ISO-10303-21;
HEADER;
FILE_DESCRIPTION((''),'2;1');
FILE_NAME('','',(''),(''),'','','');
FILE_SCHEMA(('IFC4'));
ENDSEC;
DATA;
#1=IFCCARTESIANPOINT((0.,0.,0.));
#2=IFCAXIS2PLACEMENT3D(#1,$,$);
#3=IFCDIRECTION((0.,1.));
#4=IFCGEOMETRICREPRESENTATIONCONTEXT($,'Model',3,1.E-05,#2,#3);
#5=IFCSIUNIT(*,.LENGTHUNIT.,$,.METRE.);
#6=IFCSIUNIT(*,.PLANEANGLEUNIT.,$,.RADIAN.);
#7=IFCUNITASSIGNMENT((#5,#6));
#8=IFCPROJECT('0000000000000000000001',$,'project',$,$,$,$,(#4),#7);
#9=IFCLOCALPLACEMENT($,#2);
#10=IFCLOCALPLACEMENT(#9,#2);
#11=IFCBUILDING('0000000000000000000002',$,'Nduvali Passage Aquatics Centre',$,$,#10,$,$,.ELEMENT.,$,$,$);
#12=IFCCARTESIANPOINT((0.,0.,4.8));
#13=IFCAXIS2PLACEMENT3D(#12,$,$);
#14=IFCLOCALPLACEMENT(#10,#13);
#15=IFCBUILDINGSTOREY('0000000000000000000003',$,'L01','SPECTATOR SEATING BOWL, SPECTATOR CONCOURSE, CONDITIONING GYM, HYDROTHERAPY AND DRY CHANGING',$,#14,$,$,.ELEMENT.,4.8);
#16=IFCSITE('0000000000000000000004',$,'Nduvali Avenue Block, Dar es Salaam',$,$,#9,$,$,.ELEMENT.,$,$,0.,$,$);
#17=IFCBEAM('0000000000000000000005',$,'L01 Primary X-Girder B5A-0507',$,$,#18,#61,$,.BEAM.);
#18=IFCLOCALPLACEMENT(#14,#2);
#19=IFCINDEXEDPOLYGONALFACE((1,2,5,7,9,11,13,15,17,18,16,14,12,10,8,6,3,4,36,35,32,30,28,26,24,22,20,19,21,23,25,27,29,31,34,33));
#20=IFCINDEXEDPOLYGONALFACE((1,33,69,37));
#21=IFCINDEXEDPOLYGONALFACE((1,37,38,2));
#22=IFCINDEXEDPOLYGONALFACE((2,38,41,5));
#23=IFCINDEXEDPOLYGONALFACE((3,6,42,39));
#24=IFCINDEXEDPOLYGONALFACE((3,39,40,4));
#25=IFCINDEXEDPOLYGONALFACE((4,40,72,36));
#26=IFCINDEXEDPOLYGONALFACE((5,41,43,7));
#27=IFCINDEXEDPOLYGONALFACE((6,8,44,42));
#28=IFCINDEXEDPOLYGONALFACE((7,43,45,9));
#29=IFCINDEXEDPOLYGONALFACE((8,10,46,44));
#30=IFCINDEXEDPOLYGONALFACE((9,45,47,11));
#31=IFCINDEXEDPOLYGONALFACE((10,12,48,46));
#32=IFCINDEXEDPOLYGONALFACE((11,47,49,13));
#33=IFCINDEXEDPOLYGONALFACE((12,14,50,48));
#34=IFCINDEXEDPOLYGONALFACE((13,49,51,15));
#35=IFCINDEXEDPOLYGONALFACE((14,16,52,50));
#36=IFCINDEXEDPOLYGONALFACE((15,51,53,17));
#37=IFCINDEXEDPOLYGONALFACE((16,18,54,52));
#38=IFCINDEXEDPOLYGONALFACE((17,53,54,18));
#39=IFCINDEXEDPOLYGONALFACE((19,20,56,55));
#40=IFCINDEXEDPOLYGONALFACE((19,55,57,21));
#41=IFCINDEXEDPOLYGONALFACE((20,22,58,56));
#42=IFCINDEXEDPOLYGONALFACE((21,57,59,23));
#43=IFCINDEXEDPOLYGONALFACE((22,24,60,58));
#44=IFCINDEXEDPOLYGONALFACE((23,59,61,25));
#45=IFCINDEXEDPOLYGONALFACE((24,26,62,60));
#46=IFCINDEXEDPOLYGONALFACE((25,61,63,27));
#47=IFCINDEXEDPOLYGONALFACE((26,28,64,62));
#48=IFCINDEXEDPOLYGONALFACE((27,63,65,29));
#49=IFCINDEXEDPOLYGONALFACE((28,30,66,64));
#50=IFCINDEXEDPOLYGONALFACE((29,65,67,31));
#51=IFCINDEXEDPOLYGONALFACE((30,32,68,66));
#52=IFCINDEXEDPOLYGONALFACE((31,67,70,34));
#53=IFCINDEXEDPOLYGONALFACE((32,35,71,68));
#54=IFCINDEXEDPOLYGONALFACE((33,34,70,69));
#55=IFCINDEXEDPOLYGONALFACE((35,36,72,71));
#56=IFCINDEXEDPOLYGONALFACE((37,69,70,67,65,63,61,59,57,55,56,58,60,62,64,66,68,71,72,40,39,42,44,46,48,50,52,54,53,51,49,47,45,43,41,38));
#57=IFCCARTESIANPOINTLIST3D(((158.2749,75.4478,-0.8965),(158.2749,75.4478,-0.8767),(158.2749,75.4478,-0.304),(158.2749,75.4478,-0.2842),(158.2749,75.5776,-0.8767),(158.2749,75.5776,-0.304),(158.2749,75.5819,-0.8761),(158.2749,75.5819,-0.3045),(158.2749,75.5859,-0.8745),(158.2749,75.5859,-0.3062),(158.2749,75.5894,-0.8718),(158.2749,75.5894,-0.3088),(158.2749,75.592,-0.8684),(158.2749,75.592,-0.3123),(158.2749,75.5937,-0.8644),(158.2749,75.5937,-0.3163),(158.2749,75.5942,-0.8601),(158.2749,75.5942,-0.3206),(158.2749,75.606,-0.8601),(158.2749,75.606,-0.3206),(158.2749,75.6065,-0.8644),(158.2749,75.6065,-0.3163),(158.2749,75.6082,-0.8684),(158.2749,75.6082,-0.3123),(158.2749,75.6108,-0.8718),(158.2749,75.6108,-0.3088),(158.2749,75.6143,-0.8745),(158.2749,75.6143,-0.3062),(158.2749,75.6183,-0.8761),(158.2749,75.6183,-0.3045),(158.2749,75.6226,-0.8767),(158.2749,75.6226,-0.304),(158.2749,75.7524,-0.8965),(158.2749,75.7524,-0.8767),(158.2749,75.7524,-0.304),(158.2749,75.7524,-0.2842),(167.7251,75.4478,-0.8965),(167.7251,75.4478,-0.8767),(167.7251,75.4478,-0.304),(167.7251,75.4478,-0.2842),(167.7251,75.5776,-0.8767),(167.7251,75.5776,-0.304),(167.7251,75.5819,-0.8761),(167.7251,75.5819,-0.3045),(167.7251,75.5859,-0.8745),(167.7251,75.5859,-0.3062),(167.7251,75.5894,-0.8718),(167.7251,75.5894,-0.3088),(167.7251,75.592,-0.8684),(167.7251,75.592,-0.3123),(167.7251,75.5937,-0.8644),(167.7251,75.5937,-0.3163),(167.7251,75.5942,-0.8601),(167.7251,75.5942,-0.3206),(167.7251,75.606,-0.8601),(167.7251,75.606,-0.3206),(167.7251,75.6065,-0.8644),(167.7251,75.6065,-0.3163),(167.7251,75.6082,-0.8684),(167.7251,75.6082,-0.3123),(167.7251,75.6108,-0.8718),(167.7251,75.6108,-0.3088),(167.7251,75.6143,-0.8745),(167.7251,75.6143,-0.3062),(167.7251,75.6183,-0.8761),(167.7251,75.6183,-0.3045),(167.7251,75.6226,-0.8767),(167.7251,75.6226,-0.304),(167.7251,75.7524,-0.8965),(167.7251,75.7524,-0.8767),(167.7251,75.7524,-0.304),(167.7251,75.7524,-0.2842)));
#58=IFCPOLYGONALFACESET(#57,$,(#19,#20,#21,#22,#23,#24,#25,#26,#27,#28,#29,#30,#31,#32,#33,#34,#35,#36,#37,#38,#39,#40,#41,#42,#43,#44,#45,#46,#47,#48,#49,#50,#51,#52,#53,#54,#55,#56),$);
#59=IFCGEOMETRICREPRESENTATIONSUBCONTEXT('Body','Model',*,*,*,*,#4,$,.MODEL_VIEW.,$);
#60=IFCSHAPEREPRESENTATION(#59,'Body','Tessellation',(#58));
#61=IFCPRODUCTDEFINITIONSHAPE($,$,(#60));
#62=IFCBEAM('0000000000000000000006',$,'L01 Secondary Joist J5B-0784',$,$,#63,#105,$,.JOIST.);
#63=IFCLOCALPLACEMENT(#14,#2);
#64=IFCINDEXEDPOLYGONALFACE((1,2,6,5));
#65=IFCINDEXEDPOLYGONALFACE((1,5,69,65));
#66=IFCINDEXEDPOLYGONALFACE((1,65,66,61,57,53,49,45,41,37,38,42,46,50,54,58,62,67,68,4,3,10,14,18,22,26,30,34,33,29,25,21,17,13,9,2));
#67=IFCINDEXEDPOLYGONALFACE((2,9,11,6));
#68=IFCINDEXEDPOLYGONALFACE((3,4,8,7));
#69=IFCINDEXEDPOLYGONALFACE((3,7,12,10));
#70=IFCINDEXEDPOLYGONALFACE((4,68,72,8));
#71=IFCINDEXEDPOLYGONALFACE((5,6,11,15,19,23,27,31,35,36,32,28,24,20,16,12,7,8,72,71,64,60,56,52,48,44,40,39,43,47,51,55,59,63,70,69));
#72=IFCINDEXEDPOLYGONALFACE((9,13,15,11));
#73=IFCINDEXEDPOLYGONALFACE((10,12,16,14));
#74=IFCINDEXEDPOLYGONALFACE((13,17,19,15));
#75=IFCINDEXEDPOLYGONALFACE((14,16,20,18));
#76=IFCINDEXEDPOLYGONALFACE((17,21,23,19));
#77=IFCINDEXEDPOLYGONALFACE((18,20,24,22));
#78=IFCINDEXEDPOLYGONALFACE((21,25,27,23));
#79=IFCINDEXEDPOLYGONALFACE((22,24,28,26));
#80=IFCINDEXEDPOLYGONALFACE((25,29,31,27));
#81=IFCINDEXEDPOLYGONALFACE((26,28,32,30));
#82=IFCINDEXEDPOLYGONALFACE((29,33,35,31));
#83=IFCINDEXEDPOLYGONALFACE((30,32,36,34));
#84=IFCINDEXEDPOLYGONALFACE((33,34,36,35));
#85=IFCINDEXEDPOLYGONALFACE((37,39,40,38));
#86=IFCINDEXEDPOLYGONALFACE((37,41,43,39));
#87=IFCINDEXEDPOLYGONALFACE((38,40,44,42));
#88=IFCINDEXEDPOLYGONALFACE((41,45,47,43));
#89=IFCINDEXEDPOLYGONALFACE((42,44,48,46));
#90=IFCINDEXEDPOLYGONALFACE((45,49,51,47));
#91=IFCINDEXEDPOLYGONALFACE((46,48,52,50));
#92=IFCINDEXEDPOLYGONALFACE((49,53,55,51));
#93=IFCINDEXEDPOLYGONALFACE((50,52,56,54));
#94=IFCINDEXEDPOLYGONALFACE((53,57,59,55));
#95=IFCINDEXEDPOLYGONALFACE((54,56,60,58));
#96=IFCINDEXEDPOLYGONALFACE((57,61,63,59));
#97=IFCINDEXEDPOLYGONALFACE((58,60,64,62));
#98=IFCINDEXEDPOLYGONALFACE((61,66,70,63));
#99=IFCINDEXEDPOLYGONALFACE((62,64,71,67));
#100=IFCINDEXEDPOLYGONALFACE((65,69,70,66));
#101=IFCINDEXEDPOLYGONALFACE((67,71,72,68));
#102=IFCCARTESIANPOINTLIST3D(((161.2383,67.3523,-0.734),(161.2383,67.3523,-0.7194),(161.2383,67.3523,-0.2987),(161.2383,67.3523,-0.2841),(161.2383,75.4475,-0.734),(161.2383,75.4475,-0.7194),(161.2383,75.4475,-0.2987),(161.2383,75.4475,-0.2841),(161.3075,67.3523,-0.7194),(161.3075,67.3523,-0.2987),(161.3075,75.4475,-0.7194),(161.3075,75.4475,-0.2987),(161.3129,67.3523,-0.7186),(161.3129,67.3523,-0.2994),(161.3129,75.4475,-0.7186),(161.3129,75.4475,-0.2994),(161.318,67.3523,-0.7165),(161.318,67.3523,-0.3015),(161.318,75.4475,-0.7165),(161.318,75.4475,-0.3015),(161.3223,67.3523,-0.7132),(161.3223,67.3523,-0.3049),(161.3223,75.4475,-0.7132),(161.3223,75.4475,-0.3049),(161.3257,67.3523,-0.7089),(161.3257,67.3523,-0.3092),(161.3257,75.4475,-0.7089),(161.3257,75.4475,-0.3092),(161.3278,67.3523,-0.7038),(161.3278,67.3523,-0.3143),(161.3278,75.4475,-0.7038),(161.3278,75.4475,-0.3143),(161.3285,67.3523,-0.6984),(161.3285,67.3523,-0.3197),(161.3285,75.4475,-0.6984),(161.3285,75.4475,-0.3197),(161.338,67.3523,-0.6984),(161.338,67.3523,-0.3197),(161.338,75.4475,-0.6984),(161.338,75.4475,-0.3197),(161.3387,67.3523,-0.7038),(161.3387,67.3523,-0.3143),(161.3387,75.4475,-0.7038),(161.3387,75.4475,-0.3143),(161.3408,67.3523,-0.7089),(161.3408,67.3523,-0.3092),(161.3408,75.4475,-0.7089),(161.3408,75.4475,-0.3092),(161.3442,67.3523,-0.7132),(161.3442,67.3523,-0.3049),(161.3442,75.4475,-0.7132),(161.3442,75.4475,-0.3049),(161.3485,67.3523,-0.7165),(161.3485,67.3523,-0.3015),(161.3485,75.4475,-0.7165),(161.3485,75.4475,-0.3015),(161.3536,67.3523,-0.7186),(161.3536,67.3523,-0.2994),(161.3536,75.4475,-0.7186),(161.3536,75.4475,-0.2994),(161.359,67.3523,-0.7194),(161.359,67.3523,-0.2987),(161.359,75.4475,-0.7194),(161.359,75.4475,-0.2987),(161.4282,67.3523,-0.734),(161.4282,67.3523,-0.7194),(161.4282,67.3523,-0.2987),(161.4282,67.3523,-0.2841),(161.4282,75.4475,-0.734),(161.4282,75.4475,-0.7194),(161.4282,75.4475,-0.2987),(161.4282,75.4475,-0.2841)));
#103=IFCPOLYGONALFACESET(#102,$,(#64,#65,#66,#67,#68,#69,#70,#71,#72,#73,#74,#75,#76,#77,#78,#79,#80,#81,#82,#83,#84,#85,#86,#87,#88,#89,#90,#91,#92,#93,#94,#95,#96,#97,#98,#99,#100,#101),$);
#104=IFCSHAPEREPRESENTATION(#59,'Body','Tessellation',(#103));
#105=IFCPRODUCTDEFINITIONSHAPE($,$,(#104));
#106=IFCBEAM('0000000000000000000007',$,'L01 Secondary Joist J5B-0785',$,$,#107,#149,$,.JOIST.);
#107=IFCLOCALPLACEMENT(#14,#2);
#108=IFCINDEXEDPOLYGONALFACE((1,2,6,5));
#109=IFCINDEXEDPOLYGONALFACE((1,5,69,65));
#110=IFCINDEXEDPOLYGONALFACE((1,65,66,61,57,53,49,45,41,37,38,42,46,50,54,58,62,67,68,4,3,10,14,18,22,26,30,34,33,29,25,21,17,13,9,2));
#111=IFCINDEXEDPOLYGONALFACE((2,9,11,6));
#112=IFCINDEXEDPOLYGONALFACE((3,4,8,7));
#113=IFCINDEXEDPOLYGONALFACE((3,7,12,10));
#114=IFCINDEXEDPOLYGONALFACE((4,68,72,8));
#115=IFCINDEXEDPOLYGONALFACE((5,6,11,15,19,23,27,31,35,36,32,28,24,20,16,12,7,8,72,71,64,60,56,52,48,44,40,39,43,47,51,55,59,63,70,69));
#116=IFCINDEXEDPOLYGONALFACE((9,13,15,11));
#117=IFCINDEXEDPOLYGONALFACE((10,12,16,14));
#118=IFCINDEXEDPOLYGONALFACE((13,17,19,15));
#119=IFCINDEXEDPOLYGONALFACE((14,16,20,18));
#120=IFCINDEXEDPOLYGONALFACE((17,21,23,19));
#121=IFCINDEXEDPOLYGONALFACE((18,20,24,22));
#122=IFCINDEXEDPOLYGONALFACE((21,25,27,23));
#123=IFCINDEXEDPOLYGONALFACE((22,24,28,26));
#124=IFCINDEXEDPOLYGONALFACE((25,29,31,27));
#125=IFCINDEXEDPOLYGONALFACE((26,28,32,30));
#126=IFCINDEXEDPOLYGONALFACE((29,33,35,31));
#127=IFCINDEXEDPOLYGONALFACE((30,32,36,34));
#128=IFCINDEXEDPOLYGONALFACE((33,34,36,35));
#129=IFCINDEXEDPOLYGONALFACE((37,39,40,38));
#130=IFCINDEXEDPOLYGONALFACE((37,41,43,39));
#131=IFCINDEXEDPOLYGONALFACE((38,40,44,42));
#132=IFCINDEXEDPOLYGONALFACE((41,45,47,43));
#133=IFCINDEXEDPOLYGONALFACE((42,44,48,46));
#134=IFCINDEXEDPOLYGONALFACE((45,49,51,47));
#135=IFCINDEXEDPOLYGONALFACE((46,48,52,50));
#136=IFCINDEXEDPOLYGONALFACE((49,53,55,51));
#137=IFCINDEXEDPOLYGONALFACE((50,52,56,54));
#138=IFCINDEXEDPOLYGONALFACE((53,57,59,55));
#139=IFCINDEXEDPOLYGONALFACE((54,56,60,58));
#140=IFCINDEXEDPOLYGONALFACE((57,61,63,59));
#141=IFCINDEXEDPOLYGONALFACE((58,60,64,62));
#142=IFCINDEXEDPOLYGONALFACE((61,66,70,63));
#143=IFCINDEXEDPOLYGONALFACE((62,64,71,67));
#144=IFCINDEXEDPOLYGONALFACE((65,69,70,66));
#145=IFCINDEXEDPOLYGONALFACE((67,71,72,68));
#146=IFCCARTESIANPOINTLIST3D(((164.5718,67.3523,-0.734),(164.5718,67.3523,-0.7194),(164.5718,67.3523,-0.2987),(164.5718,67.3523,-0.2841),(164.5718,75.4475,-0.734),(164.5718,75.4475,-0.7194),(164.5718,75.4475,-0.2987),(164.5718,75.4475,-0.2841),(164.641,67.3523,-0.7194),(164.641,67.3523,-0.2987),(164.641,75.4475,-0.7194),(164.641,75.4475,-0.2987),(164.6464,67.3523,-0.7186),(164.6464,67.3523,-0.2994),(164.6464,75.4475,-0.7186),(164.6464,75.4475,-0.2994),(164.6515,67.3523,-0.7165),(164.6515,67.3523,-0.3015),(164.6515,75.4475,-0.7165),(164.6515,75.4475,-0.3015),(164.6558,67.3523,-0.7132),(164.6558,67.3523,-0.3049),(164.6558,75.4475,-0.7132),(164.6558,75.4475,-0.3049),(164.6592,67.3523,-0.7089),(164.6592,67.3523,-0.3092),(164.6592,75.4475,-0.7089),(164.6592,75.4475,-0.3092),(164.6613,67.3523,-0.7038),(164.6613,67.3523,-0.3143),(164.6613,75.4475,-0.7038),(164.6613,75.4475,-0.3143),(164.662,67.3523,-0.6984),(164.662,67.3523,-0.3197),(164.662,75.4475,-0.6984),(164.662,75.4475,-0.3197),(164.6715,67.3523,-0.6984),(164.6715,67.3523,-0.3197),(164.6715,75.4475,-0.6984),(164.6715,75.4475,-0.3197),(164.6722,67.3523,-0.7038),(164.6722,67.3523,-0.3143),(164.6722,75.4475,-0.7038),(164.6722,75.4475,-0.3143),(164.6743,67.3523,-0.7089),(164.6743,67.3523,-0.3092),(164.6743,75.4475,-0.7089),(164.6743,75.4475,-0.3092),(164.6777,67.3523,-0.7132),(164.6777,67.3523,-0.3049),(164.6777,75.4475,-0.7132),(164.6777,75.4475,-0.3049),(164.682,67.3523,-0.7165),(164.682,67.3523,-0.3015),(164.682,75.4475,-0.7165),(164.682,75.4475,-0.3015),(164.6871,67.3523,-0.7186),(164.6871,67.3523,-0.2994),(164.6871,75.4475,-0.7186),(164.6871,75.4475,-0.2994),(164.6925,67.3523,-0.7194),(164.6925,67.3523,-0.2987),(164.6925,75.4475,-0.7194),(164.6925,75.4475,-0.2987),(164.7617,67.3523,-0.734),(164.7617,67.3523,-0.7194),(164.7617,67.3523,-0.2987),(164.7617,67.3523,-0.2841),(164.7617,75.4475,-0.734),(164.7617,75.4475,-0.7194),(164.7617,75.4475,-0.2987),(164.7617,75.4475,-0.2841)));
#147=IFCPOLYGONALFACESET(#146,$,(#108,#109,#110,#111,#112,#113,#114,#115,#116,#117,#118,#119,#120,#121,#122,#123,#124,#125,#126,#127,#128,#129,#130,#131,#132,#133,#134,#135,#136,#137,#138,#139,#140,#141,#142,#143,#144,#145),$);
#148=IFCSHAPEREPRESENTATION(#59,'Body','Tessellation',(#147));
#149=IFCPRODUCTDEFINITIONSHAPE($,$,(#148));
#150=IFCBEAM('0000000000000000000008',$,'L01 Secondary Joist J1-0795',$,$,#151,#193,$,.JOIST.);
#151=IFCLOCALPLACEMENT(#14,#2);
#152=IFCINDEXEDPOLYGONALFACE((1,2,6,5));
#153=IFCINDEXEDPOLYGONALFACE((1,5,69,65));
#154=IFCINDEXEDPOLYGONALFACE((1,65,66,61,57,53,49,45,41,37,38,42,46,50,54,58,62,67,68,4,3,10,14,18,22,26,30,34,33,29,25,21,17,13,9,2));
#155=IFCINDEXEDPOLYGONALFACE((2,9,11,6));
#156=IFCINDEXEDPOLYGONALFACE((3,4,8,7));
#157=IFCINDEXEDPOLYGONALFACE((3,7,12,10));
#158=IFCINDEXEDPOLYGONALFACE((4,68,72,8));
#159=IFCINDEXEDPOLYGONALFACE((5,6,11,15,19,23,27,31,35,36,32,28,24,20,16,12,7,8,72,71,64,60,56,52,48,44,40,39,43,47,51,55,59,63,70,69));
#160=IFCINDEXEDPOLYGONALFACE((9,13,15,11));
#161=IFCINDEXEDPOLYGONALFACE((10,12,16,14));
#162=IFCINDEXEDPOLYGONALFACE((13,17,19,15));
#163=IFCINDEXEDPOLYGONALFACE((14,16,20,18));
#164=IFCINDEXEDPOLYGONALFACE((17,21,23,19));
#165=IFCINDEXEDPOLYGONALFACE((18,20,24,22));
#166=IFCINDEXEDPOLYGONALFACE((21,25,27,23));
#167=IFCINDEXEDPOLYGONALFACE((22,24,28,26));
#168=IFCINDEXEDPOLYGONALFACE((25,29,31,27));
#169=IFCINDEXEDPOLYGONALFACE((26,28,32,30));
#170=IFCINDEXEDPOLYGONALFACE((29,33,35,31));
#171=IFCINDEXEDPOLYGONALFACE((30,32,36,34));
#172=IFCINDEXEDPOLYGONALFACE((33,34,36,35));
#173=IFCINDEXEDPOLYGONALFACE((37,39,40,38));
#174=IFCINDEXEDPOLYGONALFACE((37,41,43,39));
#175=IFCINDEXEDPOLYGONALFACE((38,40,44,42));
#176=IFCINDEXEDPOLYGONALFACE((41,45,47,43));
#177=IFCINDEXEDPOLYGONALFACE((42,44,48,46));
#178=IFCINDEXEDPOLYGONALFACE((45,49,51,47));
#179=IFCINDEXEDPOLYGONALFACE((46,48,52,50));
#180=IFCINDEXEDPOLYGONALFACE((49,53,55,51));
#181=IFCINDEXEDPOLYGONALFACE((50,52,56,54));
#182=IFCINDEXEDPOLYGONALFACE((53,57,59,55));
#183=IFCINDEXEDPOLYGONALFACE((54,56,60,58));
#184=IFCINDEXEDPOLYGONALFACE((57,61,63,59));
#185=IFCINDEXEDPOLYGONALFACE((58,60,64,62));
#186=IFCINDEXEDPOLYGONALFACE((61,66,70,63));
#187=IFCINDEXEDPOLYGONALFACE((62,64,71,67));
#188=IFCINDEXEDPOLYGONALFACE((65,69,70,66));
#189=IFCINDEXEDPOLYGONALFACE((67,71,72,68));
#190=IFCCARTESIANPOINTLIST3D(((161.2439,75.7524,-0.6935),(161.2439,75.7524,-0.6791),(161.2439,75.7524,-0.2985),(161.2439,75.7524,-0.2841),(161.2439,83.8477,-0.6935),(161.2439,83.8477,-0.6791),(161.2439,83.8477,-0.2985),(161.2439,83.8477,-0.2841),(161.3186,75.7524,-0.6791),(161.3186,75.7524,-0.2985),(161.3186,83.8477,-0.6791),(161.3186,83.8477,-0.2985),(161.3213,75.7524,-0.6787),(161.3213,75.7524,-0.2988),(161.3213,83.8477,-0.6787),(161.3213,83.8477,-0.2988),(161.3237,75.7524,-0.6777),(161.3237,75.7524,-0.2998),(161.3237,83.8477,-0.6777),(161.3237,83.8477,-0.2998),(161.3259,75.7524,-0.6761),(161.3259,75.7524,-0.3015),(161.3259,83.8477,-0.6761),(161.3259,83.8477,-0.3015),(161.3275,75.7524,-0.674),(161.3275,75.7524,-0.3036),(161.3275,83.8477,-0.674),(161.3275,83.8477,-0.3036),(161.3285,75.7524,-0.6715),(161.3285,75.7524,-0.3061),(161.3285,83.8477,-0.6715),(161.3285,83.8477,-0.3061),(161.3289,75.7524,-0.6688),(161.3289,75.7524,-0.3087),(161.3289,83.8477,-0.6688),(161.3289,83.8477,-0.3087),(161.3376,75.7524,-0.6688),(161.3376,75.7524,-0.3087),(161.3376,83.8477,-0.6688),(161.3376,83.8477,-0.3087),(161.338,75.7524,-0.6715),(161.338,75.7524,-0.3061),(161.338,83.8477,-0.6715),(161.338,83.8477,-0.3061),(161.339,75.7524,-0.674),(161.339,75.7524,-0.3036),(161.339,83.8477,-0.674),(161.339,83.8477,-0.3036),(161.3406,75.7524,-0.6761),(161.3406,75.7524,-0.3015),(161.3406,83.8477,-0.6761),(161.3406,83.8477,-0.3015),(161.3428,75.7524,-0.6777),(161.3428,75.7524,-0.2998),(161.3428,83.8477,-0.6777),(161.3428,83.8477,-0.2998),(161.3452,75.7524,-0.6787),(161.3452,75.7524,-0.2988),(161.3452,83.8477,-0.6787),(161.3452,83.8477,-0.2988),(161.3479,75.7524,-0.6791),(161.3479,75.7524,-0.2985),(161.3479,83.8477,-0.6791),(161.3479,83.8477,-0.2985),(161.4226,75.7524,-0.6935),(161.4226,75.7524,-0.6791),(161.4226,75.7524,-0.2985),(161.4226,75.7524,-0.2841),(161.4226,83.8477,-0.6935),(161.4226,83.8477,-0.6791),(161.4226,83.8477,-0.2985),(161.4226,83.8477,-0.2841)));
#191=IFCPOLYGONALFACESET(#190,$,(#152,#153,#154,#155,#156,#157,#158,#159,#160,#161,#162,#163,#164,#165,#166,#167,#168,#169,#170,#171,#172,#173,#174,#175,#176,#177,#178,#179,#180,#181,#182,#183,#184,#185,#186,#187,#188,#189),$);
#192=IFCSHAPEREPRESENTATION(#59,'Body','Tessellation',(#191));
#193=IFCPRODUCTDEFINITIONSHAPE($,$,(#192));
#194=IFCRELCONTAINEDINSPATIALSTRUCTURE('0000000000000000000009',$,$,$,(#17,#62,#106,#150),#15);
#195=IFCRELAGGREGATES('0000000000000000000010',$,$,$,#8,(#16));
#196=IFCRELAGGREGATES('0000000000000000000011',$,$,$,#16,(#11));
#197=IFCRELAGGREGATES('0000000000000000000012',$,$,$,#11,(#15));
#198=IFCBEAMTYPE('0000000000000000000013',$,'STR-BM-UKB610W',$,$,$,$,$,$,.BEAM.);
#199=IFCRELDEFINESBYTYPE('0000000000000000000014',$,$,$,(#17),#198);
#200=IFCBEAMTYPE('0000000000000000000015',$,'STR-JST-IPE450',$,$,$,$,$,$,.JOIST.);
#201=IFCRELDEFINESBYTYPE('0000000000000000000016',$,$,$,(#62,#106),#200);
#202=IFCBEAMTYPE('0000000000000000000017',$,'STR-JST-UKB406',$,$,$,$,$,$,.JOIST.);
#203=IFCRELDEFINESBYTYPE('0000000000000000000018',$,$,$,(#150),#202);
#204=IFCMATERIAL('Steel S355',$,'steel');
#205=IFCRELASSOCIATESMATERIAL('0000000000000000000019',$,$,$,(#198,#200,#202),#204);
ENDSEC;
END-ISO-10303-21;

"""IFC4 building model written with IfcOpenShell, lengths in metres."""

from ifc_helpers import new_model, si_unit, direction, frame, origin, origin_2d, place, context, subcontext, project, spatial, i_section, extrude, material, material_profile, profile_set, type_object, element, save


model = new_model("IFC4")

# Units and contexts
model_context = context("Model", 3, precision=1e-05, world=origin(), true_north=direction((0.0, 1.0)))
body_context = subcontext(model_context, "Body", "Model", "MODEL_VIEW")
ifc_project = project(units=[si_unit("LENGTHUNIT", "METRE"), si_unit("PLANEANGLEUNIT", "RADIAN")], contexts=[model_context])

# Site, building, storey
site_placement = place(None, origin())
site = spatial("IfcSite", under=ifc_project, at=site_placement, Name="Nduvali Avenue Block, Dar es Salaam", CompositionType="ELEMENT", RefElevation=0.0)
building_placement = place(site_placement, origin())
building = spatial("IfcBuilding", under=site, at=building_placement, Name="Nduvali Passage Aquatics Centre", CompositionType="ELEMENT")
storey_placement = place(building_placement, frame((0.0, 0.0, 4.8)))
storey = spatial("IfcBuildingStorey", under=building, at=storey_placement, Name="L01", Description="SPECTATOR SEATING BOWL, SPECTATOR CONCOURSE, CONDITIONING GYM, HYDROTHERAPY AND DRY CHANGING", CompositionType="ELEMENT", Elevation=4.8)

# Beams
ifc_material_1 = material(Name="Steel S355", Category="steel")
ifc_material_profile_1 = material_profile(ifc_material_1, i_section(OverallWidth=0.3047, OverallDepth=0.6123, WebThickness=0.0117, FlangeThickness=0.0198, FilletRadius=0.0166, at=origin_2d()), Name="UKB 610x305x149")
ifc_profile_set_1 = profile_set([ifc_material_profile_1], Name="Steel S355")
beam_type_1 = type_object("IfcBeamType", Name="STR-BM-UKB610W", PredefinedType="BEAM", material=ifc_profile_set_1)
beam_placement = place(storey_placement, frame((158.2749, 75.6001, -0.5903), z_axis=(1.0, 0.0, 0.0), x_axis=(0.0, 1.0, 0.0)))
element("IfcBeam", 1, at=beam_placement, inside=storey, type_object=beam_type_1, Name="L01 Primary X-Girder B5A-0507", PredefinedType="BEAM", context=body_context, shape_type="SweptSolid", body=[
    extrude(i_section(OverallWidth=0.3047, OverallDepth=0.6123, WebThickness=0.0117, FlangeThickness=0.0198, FilletRadius=0.0166, at=origin_2d()), origin(), (0.0, 0.0, 1.0), 9.4502),
])
ifc_material_profile_2 = material_profile(ifc_material_1, i_section(OverallWidth=0.1899, OverallDepth=0.45, WebThickness=0.0095, FlangeThickness=0.0146, FilletRadius=0.021, at=origin_2d()), Name="IPE 450")
ifc_profile_set_2 = profile_set([ifc_material_profile_2], Name="Steel S355")
beam_type_2 = type_object("IfcBeamType", Name="STR-JST-IPE450", PredefinedType="JOIST", material=ifc_profile_set_2)
for number, where, z_axis, x_axis, name in (
    (2, (161.3333, 67.3523, -0.509), (0.0, 1.0, 0.0), (-1.0, 0.0, 0.0), "L01 Secondary Joist J5B-0784"),
    (3, (164.6667, 67.3523, -0.509), (0.0, 1.0, 0.0), (-1.0, 0.0, 0.0), "L01 Secondary Joist J5B-0785"),
):
    element("IfcBeam", number, at=place(storey_placement, frame(where, z_axis=z_axis, x_axis=x_axis)), inside=storey, type_object=beam_type_2, Name=name, PredefinedType="JOIST", context=body_context, shape_type="SweptSolid", body=[
        extrude(i_section(OverallWidth=0.1899, OverallDepth=0.45, WebThickness=0.0095, FlangeThickness=0.0146, FilletRadius=0.021, at=origin_2d()), origin(), (0.0, 0.0, 1.0), 8.0952),
    ])
ifc_material_profile_3 = material_profile(ifc_material_1, i_section(OverallWidth=0.1787, OverallDepth=0.4094, WebThickness=0.0088, FlangeThickness=0.0144, FilletRadius=0.0103, at=origin_2d()), Name="UKB 406x178x67")
ifc_profile_set_3 = profile_set([ifc_material_profile_3], Name="Steel S355")
beam_type_3 = type_object("IfcBeamType", Name="STR-JST-UKB406", PredefinedType="JOIST", material=ifc_profile_set_3)
for number, where, z_axis, x_axis, name in (
    (4, (161.3333, 75.7524, -0.4888), (0.0, 1.0, 0.0), (-1.0, 0.0, 0.0), "L01 Secondary Joist J1-0795"),
):
    element("IfcBeam", number, at=place(storey_placement, frame(where, z_axis=z_axis, x_axis=x_axis)), inside=storey, type_object=beam_type_3, Name=name, PredefinedType="JOIST", context=body_context, shape_type="SweptSolid", body=[
        extrude(i_section(OverallWidth=0.1787, OverallDepth=0.4094, WebThickness=0.0088, FlangeThickness=0.0144, FilletRadius=0.0103, at=origin_2d()), origin(), (0.0, 0.0, 1.0), 8.0952),
    ])

save(model, "model.ifc")
